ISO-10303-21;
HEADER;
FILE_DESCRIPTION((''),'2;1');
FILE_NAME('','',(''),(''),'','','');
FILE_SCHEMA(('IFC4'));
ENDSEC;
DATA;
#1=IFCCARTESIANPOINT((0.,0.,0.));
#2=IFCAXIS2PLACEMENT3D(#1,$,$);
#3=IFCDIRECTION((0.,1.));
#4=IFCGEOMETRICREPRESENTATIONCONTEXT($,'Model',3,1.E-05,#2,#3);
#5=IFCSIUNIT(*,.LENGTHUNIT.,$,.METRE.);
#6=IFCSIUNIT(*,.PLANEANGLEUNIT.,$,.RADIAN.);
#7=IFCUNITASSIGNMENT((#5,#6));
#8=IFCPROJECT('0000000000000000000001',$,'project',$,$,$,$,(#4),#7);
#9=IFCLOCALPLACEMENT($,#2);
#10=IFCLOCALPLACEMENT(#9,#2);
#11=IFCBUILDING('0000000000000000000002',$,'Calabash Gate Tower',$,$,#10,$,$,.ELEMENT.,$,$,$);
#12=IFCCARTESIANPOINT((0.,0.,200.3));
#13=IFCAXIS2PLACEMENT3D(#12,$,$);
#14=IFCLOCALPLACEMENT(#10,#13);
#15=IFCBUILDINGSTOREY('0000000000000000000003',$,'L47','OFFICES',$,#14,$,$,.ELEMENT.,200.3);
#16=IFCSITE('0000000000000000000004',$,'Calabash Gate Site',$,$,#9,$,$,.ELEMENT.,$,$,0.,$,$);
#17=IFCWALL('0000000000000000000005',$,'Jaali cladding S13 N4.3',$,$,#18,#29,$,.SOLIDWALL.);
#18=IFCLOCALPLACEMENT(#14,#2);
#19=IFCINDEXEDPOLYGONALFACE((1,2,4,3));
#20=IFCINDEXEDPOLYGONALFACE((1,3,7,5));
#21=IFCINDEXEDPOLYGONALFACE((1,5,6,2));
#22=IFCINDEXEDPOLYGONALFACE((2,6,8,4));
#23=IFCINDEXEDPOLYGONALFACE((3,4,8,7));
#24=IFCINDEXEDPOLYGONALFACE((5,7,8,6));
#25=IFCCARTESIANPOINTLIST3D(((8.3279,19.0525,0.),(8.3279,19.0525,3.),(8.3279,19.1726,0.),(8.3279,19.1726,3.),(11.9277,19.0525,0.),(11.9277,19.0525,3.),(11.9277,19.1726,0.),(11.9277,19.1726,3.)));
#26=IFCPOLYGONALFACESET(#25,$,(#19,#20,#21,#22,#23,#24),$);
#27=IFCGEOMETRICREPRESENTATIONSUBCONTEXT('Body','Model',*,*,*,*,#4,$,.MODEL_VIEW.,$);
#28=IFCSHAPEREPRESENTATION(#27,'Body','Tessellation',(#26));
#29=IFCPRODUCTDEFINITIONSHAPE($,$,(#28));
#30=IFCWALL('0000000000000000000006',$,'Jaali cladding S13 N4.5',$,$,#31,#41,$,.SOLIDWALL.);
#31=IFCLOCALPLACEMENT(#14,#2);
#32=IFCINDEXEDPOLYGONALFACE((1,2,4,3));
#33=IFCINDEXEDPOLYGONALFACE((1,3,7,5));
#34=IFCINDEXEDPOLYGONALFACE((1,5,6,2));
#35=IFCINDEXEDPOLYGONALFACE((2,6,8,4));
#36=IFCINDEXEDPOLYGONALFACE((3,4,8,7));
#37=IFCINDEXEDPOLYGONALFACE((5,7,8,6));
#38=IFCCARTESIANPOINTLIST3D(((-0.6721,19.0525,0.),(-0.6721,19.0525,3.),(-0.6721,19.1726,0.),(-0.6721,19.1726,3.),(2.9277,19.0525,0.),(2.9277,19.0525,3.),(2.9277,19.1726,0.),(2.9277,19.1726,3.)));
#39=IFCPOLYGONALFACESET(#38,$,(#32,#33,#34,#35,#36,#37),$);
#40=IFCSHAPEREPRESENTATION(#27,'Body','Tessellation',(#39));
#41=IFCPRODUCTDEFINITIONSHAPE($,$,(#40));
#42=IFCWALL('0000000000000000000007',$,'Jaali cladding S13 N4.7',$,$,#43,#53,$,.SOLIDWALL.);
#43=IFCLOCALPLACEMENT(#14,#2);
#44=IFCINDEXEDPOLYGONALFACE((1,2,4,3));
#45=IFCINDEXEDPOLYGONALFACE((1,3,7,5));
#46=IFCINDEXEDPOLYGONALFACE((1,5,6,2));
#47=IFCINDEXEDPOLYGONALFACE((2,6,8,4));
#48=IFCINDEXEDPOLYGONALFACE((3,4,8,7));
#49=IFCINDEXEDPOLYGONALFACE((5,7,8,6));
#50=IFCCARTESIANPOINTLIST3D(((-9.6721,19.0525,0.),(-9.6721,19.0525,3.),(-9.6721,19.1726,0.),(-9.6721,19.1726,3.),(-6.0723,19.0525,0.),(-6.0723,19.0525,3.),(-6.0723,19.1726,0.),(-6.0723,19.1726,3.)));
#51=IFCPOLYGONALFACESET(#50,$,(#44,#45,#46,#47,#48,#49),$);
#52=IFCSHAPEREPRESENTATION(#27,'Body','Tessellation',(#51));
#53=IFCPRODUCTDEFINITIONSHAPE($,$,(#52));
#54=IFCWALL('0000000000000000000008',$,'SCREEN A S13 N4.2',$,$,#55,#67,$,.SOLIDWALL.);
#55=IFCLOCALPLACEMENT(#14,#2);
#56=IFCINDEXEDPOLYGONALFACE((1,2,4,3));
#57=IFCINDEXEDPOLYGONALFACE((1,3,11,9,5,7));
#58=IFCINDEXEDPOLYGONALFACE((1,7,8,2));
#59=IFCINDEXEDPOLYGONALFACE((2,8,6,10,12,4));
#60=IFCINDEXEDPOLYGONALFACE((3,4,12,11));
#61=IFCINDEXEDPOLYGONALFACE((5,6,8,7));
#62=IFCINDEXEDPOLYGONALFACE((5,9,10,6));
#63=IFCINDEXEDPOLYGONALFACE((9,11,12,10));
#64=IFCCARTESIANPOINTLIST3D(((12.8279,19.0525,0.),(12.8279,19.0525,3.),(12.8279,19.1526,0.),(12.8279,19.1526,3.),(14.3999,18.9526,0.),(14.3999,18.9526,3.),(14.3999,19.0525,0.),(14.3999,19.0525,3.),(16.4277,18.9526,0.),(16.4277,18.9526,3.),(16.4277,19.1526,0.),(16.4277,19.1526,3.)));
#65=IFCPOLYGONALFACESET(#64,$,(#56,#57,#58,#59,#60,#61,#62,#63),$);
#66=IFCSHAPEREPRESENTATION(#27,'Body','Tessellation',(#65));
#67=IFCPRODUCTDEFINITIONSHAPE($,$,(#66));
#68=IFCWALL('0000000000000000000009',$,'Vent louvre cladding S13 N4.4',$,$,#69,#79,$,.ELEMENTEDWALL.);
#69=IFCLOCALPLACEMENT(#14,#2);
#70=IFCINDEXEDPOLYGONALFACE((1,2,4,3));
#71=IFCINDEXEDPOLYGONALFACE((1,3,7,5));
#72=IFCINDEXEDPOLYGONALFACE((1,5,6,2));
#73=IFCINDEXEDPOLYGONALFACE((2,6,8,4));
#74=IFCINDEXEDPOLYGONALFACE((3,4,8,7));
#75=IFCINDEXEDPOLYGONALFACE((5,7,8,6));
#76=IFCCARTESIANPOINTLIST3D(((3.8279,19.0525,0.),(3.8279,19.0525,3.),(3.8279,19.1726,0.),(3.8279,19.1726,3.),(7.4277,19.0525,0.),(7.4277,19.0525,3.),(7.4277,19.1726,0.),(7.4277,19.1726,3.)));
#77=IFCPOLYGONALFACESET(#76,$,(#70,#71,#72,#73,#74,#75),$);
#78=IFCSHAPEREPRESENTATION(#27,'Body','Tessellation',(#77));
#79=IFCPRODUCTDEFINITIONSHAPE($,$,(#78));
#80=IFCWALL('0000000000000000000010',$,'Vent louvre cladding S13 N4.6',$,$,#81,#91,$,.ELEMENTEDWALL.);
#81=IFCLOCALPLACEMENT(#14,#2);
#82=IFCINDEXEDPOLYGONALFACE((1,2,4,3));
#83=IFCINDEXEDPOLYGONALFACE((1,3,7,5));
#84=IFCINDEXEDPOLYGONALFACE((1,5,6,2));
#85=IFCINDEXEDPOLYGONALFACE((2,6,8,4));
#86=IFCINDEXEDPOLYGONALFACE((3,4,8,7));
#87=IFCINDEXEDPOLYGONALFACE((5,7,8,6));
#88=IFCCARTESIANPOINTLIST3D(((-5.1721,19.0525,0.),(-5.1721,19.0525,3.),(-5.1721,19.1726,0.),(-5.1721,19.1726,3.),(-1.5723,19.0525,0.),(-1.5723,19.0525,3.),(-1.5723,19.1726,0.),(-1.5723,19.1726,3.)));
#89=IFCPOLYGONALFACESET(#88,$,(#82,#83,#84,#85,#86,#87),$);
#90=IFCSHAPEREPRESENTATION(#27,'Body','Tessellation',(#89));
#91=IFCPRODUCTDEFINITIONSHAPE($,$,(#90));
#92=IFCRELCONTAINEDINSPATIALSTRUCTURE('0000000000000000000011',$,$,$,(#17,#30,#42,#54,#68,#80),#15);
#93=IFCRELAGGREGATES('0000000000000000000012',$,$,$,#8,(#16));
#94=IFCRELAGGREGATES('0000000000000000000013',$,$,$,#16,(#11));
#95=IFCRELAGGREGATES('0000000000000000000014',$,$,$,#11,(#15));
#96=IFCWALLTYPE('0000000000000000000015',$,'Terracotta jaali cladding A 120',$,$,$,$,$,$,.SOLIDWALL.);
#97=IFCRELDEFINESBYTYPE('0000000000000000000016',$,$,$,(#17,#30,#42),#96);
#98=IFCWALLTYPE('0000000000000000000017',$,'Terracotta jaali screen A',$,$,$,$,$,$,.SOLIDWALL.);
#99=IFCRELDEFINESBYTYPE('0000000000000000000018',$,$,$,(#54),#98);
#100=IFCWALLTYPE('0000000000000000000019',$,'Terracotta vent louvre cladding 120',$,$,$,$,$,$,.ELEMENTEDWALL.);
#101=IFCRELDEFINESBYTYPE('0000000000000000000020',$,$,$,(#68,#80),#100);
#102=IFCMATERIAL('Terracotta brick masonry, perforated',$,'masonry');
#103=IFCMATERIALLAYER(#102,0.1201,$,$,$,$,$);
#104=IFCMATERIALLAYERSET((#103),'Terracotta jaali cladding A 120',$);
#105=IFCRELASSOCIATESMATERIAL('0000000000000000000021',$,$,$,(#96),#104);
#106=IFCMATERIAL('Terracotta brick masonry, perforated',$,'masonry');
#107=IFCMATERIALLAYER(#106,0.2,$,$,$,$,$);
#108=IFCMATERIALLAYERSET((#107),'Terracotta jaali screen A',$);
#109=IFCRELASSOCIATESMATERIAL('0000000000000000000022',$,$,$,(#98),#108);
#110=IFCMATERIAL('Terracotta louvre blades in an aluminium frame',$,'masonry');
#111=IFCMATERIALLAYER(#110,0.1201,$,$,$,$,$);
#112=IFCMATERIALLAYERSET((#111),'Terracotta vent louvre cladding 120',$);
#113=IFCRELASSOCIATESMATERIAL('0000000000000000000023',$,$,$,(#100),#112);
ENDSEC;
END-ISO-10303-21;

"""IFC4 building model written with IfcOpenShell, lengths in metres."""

from ifc_helpers import new_model, si_unit, direction, frame, origin, place, context, subcontext, project, spatial, polyline, outline, extrude, material, layer, layer_set, type_object, element, save


model = new_model("IFC4")

# Units and contexts
model_context = context("Model", 3, precision=1e-05, world=origin(), true_north=direction((0.0, 1.0)))
body_context = subcontext(model_context, "Body", "Model", "MODEL_VIEW")
ifc_project = project(units=[si_unit("LENGTHUNIT", "METRE"), si_unit("PLANEANGLEUNIT", "RADIAN")], contexts=[model_context])

# Site, building, storey
site_placement = place(None, origin())
site = spatial("IfcSite", under=ifc_project, at=site_placement, Name="Calabash Gate Site", CompositionType="ELEMENT", RefElevation=0.0)
building_placement = place(site_placement, origin())
building = spatial("IfcBuilding", under=site, at=building_placement, Name="Calabash Gate Tower", CompositionType="ELEMENT")
storey_placement = place(building_placement, frame((0.0, 0.0, 200.3)))
storey = spatial("IfcBuildingStorey", under=building, at=storey_placement, Name="L47", Description="OFFICES", CompositionType="ELEMENT", Elevation=200.3)

# Walls
ifc_material_1 = material(Name="Terracotta brick masonry, perforated", Category="masonry")
ifc_layer_1 = layer(ifc_material_1, 0.1201)
ifc_layer_set_1 = layer_set([ifc_layer_1], Name="Terracotta jaali cladding A 120")
wall_type_1 = type_object("IfcWallType", Name="Terracotta jaali cladding A 120", PredefinedType="SOLIDWALL", material=ifc_layer_set_1)
wall_1_placement = place(storey_placement, origin())
element("IfcWall", 1, at=wall_1_placement, inside=storey, type_object=wall_type_1, Name="Jaali cladding S13 N4.3", PredefinedType="SOLIDWALL", context=body_context, shape_type="SweptSolid", body=[
    extrude(outline(polyline([(8.3279, 19.1726), (8.3279, 19.0525), (11.9277, 19.0525), (11.9277, 19.1726), (8.3279, 19.1726)])), origin(), (0.0, 0.0, 1.0), 3.0),
])
wall_2_placement = place(storey_placement, origin())
element("IfcWall", 2, at=wall_2_placement, inside=storey, type_object=wall_type_1, Name="Jaali cladding S13 N4.5", PredefinedType="SOLIDWALL", context=body_context, shape_type="SweptSolid", body=[
    extrude(outline(polyline([(-0.6721, 19.1726), (-0.6721, 19.0525), (2.9277, 19.0525), (2.9277, 19.1726), (-0.6721, 19.1726)])), origin(), (0.0, 0.0, 1.0), 3.0),
])
wall_3_placement = place(storey_placement, origin())
element("IfcWall", 3, at=wall_3_placement, inside=storey, type_object=wall_type_1, Name="Jaali cladding S13 N4.7", PredefinedType="SOLIDWALL", context=body_context, shape_type="SweptSolid", body=[
    extrude(outline(polyline([(-9.6721, 19.1726), (-9.6721, 19.0525), (-6.0723, 19.0525), (-6.0723, 19.1726), (-9.6721, 19.1726)])), origin(), (0.0, 0.0, 1.0), 3.0),
])
ifc_material_2 = material(Name="Terracotta brick masonry, perforated", Category="masonry")
ifc_layer_2 = layer(ifc_material_2, 0.2)
ifc_layer_set_2 = layer_set([ifc_layer_2], Name="Terracotta jaali screen A")
wall_type_2 = type_object("IfcWallType", Name="Terracotta jaali screen A", PredefinedType="SOLIDWALL", material=ifc_layer_set_2)
wall_4_placement = place(storey_placement, origin())
element("IfcWall", 4, at=wall_4_placement, inside=storey, type_object=wall_type_2, Name="SCREEN A S13 N4.2", PredefinedType="SOLIDWALL", context=body_context, shape_type="SweptSolid", body=[
    extrude(outline(polyline([(16.4277, 19.1526), (12.8279, 19.1526), (12.8279, 19.0525), (14.3999, 19.0525), (14.3999, 18.9526), (16.4277, 18.9526), (16.4277, 19.1526)])), origin(), (0.0, 0.0, 1.0), 3.0),
])
ifc_material_3 = material(Name="Terracotta louvre blades in an aluminium frame", Category="masonry")
ifc_layer_3 = layer(ifc_material_3, 0.1201)
ifc_layer_set_3 = layer_set([ifc_layer_3], Name="Terracotta vent louvre cladding 120")
wall_type_3 = type_object("IfcWallType", Name="Terracotta vent louvre cladding 120", PredefinedType="ELEMENTEDWALL", material=ifc_layer_set_3)
wall_5_placement = place(storey_placement, origin())
element("IfcWall", 5, at=wall_5_placement, inside=storey, type_object=wall_type_3, Name="Vent louvre cladding S13 N4.4", PredefinedType="ELEMENTEDWALL", context=body_context, shape_type="SweptSolid", body=[
    extrude(outline(polyline([(3.8279, 19.1726), (3.8279, 19.0525), (7.4277, 19.0525), (7.4277, 19.1726), (3.8279, 19.1726)])), origin(), (0.0, 0.0, 1.0), 3.0),
])
wall_6_placement = place(storey_placement, origin())
element("IfcWall", 6, at=wall_6_placement, inside=storey, type_object=wall_type_3, Name="Vent louvre cladding S13 N4.6", PredefinedType="ELEMENTEDWALL", context=body_context, shape_type="SweptSolid", body=[
    extrude(outline(polyline([(-5.1721, 19.1726), (-5.1721, 19.0525), (-1.5723, 19.0525), (-1.5723, 19.1726), (-5.1721, 19.1726)])), origin(), (0.0, 0.0, 1.0), 3.0),
])

save(model, "model.ifc")
